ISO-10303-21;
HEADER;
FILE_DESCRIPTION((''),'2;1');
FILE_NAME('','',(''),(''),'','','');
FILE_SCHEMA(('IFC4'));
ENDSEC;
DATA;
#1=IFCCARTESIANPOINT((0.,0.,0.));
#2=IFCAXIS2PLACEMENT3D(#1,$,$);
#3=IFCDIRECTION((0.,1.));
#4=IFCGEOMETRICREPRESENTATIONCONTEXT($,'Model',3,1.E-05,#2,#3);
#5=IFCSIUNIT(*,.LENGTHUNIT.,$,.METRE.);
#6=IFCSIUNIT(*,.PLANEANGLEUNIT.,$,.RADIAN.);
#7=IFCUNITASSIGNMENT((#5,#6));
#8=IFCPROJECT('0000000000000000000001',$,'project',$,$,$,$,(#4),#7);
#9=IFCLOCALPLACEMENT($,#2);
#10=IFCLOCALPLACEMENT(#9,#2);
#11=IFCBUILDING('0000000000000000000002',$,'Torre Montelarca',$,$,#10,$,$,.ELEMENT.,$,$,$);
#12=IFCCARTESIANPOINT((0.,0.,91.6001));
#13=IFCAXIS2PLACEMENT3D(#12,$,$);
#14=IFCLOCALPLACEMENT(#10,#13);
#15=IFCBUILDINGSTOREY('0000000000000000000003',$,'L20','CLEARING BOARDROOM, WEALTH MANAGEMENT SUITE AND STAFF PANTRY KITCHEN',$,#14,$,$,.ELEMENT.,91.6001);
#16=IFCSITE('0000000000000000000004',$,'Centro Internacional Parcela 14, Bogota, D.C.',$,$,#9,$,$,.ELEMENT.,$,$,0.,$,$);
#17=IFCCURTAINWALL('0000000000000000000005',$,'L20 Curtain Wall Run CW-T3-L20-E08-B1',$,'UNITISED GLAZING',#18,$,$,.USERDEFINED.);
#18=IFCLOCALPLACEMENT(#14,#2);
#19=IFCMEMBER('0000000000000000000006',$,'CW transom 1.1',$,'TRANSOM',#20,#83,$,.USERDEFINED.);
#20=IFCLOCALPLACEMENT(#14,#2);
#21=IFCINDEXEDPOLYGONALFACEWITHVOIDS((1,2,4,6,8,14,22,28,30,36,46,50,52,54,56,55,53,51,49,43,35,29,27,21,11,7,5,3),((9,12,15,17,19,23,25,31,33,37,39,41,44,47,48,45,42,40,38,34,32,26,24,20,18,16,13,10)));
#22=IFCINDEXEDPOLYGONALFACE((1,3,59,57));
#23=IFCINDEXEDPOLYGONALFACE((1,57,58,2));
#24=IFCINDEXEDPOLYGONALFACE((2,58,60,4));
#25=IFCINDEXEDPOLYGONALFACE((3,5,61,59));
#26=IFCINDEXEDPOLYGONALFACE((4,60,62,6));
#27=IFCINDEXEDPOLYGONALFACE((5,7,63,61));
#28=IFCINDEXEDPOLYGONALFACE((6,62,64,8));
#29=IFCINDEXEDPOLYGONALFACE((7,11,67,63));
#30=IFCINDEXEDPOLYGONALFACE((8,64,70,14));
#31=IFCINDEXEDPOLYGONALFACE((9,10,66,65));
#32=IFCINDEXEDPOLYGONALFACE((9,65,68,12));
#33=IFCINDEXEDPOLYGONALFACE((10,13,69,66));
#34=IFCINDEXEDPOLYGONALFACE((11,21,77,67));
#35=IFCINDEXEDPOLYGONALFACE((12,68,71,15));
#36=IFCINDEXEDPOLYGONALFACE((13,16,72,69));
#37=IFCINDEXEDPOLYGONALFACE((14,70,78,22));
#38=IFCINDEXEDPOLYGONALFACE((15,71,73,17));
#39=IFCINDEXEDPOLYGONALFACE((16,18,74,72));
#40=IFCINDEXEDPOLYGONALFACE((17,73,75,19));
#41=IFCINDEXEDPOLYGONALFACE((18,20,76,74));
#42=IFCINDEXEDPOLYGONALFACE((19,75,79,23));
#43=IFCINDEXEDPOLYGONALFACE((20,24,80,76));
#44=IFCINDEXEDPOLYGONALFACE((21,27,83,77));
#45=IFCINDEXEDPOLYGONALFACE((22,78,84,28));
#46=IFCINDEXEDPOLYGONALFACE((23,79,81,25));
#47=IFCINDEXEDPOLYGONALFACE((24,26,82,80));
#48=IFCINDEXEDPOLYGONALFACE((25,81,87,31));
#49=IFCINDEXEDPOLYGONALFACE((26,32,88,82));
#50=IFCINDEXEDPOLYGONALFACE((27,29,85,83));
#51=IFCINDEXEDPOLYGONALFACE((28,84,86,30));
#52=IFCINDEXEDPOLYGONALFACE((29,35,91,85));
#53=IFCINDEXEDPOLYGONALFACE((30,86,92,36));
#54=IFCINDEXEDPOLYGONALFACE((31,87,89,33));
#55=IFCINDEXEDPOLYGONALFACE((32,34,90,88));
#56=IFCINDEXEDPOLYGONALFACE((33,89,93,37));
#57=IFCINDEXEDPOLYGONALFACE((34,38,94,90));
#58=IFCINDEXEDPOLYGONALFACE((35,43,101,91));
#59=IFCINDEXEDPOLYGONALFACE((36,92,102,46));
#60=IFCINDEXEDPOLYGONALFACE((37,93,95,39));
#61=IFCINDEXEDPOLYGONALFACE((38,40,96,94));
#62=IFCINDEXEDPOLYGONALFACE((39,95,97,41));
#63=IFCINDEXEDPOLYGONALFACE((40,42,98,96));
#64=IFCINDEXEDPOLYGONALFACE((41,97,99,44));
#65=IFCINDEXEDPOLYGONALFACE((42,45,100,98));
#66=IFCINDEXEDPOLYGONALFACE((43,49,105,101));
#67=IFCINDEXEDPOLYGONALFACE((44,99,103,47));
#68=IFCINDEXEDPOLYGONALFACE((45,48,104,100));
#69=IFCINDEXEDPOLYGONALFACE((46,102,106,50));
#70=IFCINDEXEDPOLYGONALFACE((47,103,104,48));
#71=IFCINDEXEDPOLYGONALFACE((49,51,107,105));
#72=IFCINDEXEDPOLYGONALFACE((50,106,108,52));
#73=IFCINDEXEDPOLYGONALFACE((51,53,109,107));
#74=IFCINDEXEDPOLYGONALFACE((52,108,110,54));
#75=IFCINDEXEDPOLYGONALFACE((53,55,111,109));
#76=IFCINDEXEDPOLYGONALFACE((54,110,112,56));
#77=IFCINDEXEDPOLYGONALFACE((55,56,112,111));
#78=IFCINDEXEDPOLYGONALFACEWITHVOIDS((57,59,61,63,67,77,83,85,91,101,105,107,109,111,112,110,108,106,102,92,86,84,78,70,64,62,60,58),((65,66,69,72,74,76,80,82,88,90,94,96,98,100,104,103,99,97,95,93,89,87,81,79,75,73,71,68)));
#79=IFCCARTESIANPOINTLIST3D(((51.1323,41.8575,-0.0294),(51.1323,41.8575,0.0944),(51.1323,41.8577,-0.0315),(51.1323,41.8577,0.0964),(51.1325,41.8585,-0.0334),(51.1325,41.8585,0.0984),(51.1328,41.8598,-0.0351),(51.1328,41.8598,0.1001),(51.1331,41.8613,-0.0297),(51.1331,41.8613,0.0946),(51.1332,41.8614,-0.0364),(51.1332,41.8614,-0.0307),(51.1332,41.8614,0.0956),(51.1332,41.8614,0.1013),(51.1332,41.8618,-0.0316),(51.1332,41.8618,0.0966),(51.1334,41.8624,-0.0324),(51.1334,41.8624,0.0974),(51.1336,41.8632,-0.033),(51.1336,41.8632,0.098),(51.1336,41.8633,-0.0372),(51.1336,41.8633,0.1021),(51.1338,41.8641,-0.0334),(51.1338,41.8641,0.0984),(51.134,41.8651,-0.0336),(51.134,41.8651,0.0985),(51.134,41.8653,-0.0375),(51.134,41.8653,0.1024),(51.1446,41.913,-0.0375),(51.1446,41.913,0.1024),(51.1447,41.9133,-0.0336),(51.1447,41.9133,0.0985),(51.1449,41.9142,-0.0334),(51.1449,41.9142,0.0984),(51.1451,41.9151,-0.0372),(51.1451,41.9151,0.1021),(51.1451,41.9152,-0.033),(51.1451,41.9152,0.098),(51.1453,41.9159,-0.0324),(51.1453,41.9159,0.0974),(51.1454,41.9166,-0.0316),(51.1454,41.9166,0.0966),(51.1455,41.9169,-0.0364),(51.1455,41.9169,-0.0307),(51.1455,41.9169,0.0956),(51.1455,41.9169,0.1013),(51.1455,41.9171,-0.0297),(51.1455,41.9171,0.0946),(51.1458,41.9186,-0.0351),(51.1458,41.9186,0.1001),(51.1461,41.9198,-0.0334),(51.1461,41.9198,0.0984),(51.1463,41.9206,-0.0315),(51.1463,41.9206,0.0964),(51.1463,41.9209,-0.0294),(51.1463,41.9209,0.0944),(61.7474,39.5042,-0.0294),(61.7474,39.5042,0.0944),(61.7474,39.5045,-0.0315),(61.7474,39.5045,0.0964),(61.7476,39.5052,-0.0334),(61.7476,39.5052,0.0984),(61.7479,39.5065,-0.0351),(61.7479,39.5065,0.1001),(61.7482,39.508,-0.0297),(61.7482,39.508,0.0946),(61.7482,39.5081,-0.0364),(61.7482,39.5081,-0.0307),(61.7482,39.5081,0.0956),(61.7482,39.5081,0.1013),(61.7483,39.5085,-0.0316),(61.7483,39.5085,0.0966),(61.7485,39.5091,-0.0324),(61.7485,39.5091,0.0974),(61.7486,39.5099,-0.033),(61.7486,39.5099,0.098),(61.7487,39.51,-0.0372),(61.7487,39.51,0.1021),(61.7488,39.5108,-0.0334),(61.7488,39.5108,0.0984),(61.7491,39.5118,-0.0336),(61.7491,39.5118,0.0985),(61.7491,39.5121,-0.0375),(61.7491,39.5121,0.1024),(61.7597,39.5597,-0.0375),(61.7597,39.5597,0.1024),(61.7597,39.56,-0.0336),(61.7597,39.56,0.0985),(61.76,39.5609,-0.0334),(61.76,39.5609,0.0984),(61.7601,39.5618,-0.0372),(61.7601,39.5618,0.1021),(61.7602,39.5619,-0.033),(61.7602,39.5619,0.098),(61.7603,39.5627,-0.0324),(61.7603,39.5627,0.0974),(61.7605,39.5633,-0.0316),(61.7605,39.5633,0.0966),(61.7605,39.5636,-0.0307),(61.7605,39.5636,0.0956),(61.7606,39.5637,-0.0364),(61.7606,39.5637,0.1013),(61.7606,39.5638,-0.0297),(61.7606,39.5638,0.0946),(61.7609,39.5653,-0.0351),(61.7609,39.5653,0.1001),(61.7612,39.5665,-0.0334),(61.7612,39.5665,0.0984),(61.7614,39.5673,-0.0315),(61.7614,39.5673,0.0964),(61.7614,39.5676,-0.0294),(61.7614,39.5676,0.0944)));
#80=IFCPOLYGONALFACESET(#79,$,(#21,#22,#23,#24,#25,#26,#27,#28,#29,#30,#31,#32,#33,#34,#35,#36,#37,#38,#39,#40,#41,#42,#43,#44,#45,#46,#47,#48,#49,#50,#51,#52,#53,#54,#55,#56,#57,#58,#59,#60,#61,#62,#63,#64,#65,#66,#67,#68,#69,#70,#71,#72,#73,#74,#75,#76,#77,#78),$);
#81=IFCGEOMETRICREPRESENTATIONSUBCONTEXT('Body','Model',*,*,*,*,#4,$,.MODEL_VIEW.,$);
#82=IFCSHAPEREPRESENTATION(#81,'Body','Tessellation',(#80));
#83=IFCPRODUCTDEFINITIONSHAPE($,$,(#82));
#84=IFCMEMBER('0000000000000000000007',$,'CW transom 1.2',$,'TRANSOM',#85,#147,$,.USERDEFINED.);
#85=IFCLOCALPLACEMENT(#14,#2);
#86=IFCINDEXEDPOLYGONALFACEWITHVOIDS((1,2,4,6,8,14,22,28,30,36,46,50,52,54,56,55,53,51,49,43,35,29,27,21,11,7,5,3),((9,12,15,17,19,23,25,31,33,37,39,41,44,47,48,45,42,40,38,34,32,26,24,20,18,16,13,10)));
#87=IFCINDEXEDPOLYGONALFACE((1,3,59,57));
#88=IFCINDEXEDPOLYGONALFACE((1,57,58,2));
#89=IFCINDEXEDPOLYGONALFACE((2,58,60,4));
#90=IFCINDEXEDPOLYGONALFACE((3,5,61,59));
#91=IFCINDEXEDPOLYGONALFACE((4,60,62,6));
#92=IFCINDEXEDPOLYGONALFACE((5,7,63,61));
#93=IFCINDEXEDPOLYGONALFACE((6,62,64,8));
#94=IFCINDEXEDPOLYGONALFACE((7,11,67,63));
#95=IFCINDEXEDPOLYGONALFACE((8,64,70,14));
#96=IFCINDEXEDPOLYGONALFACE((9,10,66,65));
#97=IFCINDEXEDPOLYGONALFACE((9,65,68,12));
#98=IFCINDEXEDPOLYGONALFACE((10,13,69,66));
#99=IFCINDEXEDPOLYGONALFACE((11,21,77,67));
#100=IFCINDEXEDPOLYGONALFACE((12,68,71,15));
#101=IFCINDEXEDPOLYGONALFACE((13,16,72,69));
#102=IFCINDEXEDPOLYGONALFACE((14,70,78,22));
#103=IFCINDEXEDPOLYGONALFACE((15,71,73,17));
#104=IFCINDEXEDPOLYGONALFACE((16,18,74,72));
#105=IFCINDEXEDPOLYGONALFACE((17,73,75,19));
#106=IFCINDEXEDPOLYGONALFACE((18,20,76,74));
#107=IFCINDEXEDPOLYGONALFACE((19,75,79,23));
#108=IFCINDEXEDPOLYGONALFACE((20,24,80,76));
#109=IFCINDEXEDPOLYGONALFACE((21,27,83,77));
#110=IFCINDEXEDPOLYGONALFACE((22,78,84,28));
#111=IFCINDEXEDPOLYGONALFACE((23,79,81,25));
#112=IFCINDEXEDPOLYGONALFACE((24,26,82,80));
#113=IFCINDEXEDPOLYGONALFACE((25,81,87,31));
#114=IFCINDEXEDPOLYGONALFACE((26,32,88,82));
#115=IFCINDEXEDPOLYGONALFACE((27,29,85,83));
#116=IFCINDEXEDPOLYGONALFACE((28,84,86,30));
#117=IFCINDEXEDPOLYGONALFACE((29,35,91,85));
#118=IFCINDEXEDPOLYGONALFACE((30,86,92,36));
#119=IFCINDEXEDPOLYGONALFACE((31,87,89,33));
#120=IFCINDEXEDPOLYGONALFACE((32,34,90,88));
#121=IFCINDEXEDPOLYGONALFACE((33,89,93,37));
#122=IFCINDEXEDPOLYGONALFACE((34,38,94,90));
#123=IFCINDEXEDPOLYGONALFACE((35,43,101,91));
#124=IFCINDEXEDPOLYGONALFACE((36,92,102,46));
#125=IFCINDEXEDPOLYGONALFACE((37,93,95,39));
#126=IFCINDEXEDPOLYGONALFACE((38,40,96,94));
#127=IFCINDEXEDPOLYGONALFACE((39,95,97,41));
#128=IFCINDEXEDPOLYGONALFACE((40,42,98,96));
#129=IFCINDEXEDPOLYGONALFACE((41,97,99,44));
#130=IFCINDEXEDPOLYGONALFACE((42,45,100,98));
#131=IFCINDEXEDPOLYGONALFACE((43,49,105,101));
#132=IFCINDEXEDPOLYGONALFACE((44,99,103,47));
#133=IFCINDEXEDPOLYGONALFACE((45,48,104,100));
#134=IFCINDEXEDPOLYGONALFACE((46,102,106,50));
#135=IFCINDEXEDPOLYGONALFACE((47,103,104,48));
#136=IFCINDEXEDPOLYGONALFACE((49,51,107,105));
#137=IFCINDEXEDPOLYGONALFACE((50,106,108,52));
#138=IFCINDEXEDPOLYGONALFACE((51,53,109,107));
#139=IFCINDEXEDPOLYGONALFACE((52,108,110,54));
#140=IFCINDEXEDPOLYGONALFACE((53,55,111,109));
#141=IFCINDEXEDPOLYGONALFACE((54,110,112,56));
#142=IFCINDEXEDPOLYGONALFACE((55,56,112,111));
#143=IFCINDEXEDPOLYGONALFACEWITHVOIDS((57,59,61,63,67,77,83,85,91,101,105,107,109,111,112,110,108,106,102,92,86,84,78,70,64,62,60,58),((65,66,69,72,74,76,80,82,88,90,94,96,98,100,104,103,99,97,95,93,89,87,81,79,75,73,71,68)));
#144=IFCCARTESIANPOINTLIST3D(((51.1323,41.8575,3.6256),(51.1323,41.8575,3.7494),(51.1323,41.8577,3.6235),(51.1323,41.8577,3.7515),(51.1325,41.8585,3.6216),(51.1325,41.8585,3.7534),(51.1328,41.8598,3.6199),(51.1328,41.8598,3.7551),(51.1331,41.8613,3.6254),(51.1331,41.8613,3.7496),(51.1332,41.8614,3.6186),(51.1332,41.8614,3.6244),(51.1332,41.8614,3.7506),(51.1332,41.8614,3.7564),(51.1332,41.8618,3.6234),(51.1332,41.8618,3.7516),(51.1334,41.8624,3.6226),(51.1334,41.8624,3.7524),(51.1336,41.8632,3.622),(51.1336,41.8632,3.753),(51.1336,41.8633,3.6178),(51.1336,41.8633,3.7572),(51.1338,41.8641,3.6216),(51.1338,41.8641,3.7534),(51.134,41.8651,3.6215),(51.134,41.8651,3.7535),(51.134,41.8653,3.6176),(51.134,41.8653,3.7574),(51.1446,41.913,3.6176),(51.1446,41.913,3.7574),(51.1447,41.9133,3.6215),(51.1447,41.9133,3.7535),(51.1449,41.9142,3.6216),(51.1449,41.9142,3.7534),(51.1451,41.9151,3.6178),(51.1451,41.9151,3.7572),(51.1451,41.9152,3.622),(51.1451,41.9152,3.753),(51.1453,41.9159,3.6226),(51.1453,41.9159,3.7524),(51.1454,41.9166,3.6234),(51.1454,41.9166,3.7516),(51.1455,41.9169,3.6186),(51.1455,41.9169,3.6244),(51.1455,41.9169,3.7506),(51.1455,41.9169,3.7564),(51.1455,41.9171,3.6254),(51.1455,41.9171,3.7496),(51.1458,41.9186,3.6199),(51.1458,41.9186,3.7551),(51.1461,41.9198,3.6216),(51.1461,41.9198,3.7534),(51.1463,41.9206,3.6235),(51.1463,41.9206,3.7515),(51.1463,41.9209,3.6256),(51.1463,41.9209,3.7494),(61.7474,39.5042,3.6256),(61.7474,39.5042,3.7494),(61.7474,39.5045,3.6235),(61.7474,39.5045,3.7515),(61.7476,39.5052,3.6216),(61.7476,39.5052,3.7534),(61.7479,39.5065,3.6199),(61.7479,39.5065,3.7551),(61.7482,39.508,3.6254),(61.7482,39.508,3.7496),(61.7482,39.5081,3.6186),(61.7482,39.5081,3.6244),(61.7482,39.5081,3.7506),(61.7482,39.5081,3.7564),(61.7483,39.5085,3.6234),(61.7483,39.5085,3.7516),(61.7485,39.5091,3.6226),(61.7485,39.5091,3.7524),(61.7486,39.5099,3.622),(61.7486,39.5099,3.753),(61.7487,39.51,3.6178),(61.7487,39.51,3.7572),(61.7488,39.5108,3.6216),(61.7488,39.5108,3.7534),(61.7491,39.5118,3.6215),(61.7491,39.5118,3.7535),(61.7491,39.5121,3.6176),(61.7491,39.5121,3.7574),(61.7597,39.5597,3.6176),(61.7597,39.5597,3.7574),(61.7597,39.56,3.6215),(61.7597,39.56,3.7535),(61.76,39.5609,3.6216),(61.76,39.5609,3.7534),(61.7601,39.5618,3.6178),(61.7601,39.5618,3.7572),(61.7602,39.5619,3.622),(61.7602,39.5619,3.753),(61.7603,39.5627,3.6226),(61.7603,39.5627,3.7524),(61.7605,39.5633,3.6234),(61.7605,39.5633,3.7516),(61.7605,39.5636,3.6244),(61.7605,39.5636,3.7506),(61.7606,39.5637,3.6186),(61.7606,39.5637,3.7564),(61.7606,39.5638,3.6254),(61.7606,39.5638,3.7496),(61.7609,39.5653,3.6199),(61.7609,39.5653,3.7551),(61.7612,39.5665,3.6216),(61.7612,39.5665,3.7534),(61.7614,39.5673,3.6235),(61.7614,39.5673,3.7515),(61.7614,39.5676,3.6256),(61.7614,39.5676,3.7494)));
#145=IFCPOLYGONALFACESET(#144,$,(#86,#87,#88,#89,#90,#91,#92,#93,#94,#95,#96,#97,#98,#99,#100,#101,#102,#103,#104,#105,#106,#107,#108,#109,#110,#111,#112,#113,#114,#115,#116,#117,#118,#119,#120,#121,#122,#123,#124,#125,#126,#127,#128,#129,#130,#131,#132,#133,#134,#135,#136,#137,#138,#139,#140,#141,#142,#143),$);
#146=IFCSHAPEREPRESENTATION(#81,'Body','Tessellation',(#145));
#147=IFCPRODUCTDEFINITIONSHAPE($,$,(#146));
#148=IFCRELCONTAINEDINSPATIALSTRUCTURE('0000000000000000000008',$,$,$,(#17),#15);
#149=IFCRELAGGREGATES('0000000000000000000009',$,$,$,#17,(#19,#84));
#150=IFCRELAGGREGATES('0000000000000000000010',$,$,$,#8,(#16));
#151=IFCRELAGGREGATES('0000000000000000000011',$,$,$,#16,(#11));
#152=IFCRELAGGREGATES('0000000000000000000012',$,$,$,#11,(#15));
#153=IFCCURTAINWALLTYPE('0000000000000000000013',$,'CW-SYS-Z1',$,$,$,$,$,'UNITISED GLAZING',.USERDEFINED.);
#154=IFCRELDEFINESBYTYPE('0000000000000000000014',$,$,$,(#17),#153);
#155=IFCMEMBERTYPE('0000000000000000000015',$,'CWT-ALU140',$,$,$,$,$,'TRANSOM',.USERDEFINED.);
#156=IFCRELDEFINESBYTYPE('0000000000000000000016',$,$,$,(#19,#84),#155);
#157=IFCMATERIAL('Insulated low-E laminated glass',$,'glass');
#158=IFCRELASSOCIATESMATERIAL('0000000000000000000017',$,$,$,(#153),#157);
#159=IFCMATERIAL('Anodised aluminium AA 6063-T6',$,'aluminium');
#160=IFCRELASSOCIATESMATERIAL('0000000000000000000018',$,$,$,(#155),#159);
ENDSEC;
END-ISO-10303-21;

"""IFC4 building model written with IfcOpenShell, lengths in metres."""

from ifc_helpers import new_model, si_unit, direction, frame, origin, origin_2d, place, context, subcontext, project, spatial, hollow_rectangle, extrude, source, transform, mapped, material, material_profile, profile_set, type_object, element, aggregate, save


model = new_model("IFC4")

# Units and contexts
model_context = context("Model", 3, precision=1e-05, world=origin(), true_north=direction((0.0, 1.0)))
body_context = subcontext(model_context, "Body", "Model", "MODEL_VIEW")
ifc_project = project(units=[si_unit("LENGTHUNIT", "METRE"), si_unit("PLANEANGLEUNIT", "RADIAN")], contexts=[model_context])

# Site, building, storey
site_placement = place(None, origin())
site = spatial("IfcSite", under=ifc_project, at=site_placement, Name="Centro Internacional Parcela 14, Bogota, D.C.", CompositionType="ELEMENT", RefElevation=0.0)
building_placement = place(site_placement, origin())
building = spatial("IfcBuilding", under=site, at=building_placement, Name="Torre Montelarca", CompositionType="ELEMENT")
storey_placement = place(building_placement, frame((0.0, 0.0, 91.6001)))
storey = spatial("IfcBuildingStorey", under=building, at=storey_placement, Name="L20", Description="CLEARING BOARDROOM, WEALTH MANAGEMENT SUITE AND STAFF PANTRY KITCHEN", CompositionType="ELEMENT", Elevation=91.6001)

# Shared definitions
ifc_material_1 = material(Name="Insulated low-E laminated glass", Category="glass")
curtain_wall_type = type_object("IfcCurtainWallType", Name="CW-SYS-Z1", ElementType="UNITISED GLAZING", PredefinedType="USERDEFINED", material=ifc_material_1)
ifc_material_2 = material(Name="Anodised aluminium AA 6063-T6", Category="aluminium")
ifc_material_profile_1 = material_profile(ifc_material_2, hollow_rectangle(XDim=0.0649, YDim=0.1399, WallThickness=0.0039, InnerFilletRadius=0.0039, OuterFilletRadius=0.0081, at=origin_2d()), Name="ALU65X140X4", Category="aluminium")
ifc_profile_set_1 = profile_set([ifc_material_profile_1], Name="Anodised aluminium AA 6063-T6")
member_type_1 = type_object("IfcMemberType", Name="CWT-ALU140", ElementType="TRANSOM", PredefinedType="USERDEFINED", material=ifc_profile_set_1)

# Curtain wall, members
curtain_wall_1_placement = place(storey_placement, origin())
curtain_wall_1 = element("IfcCurtainWall", 1, at=curtain_wall_1_placement, inside=storey, type_object=curtain_wall_type, Name="L20 Curtain Wall Run CW-T3-L20-E08-B1", ObjectType="UNITISED GLAZING", PredefinedType="USERDEFINED")
shared_shape_1 = source(origin(), body_context, "Body", "SweptSolid", [
    extrude(hollow_rectangle(XDim=0.0649, YDim=0.1399, WallThickness=0.0039, InnerFilletRadius=0.0039, OuterFilletRadius=0.0081, at=origin_2d()), origin(), (0.0, 0.0, 1.0), 10.8728),
])
member_1_placement = place(storey_placement, frame((61.7544, 39.5359, 0.0325), z_axis=(-0.976296, 0.216438, 0.0), x_axis=(-0.216438, -0.976296, 0.0)))
member_1 = element("IfcMember", 2, at=member_1_placement, type_object=member_type_1, Name="CW transom 1.1", ObjectType="TRANSOM", PredefinedType="USERDEFINED", context=body_context, shape_type="MappedRepresentation", body=[
    mapped(shared_shape_1, transform((0.0, 0.0, 0.0), scale=1.0)),
])
member_2_placement = place(storey_placement, frame((61.7544, 39.5359, 3.6875), z_axis=(-0.976296, 0.216438, 0.0), x_axis=(-0.216438, -0.976296, 0.0)))
member_2 = element("IfcMember", 3, at=member_2_placement, type_object=member_type_1, Name="CW transom 1.2", ObjectType="TRANSOM", PredefinedType="USERDEFINED", context=body_context, shape_type="MappedRepresentation", body=[
    mapped(shared_shape_1, transform((0.0, 0.0, 0.0), scale=1.0)),
])

aggregate(curtain_wall_1, [member_1, member_2])

save(model, "model.ifc")
